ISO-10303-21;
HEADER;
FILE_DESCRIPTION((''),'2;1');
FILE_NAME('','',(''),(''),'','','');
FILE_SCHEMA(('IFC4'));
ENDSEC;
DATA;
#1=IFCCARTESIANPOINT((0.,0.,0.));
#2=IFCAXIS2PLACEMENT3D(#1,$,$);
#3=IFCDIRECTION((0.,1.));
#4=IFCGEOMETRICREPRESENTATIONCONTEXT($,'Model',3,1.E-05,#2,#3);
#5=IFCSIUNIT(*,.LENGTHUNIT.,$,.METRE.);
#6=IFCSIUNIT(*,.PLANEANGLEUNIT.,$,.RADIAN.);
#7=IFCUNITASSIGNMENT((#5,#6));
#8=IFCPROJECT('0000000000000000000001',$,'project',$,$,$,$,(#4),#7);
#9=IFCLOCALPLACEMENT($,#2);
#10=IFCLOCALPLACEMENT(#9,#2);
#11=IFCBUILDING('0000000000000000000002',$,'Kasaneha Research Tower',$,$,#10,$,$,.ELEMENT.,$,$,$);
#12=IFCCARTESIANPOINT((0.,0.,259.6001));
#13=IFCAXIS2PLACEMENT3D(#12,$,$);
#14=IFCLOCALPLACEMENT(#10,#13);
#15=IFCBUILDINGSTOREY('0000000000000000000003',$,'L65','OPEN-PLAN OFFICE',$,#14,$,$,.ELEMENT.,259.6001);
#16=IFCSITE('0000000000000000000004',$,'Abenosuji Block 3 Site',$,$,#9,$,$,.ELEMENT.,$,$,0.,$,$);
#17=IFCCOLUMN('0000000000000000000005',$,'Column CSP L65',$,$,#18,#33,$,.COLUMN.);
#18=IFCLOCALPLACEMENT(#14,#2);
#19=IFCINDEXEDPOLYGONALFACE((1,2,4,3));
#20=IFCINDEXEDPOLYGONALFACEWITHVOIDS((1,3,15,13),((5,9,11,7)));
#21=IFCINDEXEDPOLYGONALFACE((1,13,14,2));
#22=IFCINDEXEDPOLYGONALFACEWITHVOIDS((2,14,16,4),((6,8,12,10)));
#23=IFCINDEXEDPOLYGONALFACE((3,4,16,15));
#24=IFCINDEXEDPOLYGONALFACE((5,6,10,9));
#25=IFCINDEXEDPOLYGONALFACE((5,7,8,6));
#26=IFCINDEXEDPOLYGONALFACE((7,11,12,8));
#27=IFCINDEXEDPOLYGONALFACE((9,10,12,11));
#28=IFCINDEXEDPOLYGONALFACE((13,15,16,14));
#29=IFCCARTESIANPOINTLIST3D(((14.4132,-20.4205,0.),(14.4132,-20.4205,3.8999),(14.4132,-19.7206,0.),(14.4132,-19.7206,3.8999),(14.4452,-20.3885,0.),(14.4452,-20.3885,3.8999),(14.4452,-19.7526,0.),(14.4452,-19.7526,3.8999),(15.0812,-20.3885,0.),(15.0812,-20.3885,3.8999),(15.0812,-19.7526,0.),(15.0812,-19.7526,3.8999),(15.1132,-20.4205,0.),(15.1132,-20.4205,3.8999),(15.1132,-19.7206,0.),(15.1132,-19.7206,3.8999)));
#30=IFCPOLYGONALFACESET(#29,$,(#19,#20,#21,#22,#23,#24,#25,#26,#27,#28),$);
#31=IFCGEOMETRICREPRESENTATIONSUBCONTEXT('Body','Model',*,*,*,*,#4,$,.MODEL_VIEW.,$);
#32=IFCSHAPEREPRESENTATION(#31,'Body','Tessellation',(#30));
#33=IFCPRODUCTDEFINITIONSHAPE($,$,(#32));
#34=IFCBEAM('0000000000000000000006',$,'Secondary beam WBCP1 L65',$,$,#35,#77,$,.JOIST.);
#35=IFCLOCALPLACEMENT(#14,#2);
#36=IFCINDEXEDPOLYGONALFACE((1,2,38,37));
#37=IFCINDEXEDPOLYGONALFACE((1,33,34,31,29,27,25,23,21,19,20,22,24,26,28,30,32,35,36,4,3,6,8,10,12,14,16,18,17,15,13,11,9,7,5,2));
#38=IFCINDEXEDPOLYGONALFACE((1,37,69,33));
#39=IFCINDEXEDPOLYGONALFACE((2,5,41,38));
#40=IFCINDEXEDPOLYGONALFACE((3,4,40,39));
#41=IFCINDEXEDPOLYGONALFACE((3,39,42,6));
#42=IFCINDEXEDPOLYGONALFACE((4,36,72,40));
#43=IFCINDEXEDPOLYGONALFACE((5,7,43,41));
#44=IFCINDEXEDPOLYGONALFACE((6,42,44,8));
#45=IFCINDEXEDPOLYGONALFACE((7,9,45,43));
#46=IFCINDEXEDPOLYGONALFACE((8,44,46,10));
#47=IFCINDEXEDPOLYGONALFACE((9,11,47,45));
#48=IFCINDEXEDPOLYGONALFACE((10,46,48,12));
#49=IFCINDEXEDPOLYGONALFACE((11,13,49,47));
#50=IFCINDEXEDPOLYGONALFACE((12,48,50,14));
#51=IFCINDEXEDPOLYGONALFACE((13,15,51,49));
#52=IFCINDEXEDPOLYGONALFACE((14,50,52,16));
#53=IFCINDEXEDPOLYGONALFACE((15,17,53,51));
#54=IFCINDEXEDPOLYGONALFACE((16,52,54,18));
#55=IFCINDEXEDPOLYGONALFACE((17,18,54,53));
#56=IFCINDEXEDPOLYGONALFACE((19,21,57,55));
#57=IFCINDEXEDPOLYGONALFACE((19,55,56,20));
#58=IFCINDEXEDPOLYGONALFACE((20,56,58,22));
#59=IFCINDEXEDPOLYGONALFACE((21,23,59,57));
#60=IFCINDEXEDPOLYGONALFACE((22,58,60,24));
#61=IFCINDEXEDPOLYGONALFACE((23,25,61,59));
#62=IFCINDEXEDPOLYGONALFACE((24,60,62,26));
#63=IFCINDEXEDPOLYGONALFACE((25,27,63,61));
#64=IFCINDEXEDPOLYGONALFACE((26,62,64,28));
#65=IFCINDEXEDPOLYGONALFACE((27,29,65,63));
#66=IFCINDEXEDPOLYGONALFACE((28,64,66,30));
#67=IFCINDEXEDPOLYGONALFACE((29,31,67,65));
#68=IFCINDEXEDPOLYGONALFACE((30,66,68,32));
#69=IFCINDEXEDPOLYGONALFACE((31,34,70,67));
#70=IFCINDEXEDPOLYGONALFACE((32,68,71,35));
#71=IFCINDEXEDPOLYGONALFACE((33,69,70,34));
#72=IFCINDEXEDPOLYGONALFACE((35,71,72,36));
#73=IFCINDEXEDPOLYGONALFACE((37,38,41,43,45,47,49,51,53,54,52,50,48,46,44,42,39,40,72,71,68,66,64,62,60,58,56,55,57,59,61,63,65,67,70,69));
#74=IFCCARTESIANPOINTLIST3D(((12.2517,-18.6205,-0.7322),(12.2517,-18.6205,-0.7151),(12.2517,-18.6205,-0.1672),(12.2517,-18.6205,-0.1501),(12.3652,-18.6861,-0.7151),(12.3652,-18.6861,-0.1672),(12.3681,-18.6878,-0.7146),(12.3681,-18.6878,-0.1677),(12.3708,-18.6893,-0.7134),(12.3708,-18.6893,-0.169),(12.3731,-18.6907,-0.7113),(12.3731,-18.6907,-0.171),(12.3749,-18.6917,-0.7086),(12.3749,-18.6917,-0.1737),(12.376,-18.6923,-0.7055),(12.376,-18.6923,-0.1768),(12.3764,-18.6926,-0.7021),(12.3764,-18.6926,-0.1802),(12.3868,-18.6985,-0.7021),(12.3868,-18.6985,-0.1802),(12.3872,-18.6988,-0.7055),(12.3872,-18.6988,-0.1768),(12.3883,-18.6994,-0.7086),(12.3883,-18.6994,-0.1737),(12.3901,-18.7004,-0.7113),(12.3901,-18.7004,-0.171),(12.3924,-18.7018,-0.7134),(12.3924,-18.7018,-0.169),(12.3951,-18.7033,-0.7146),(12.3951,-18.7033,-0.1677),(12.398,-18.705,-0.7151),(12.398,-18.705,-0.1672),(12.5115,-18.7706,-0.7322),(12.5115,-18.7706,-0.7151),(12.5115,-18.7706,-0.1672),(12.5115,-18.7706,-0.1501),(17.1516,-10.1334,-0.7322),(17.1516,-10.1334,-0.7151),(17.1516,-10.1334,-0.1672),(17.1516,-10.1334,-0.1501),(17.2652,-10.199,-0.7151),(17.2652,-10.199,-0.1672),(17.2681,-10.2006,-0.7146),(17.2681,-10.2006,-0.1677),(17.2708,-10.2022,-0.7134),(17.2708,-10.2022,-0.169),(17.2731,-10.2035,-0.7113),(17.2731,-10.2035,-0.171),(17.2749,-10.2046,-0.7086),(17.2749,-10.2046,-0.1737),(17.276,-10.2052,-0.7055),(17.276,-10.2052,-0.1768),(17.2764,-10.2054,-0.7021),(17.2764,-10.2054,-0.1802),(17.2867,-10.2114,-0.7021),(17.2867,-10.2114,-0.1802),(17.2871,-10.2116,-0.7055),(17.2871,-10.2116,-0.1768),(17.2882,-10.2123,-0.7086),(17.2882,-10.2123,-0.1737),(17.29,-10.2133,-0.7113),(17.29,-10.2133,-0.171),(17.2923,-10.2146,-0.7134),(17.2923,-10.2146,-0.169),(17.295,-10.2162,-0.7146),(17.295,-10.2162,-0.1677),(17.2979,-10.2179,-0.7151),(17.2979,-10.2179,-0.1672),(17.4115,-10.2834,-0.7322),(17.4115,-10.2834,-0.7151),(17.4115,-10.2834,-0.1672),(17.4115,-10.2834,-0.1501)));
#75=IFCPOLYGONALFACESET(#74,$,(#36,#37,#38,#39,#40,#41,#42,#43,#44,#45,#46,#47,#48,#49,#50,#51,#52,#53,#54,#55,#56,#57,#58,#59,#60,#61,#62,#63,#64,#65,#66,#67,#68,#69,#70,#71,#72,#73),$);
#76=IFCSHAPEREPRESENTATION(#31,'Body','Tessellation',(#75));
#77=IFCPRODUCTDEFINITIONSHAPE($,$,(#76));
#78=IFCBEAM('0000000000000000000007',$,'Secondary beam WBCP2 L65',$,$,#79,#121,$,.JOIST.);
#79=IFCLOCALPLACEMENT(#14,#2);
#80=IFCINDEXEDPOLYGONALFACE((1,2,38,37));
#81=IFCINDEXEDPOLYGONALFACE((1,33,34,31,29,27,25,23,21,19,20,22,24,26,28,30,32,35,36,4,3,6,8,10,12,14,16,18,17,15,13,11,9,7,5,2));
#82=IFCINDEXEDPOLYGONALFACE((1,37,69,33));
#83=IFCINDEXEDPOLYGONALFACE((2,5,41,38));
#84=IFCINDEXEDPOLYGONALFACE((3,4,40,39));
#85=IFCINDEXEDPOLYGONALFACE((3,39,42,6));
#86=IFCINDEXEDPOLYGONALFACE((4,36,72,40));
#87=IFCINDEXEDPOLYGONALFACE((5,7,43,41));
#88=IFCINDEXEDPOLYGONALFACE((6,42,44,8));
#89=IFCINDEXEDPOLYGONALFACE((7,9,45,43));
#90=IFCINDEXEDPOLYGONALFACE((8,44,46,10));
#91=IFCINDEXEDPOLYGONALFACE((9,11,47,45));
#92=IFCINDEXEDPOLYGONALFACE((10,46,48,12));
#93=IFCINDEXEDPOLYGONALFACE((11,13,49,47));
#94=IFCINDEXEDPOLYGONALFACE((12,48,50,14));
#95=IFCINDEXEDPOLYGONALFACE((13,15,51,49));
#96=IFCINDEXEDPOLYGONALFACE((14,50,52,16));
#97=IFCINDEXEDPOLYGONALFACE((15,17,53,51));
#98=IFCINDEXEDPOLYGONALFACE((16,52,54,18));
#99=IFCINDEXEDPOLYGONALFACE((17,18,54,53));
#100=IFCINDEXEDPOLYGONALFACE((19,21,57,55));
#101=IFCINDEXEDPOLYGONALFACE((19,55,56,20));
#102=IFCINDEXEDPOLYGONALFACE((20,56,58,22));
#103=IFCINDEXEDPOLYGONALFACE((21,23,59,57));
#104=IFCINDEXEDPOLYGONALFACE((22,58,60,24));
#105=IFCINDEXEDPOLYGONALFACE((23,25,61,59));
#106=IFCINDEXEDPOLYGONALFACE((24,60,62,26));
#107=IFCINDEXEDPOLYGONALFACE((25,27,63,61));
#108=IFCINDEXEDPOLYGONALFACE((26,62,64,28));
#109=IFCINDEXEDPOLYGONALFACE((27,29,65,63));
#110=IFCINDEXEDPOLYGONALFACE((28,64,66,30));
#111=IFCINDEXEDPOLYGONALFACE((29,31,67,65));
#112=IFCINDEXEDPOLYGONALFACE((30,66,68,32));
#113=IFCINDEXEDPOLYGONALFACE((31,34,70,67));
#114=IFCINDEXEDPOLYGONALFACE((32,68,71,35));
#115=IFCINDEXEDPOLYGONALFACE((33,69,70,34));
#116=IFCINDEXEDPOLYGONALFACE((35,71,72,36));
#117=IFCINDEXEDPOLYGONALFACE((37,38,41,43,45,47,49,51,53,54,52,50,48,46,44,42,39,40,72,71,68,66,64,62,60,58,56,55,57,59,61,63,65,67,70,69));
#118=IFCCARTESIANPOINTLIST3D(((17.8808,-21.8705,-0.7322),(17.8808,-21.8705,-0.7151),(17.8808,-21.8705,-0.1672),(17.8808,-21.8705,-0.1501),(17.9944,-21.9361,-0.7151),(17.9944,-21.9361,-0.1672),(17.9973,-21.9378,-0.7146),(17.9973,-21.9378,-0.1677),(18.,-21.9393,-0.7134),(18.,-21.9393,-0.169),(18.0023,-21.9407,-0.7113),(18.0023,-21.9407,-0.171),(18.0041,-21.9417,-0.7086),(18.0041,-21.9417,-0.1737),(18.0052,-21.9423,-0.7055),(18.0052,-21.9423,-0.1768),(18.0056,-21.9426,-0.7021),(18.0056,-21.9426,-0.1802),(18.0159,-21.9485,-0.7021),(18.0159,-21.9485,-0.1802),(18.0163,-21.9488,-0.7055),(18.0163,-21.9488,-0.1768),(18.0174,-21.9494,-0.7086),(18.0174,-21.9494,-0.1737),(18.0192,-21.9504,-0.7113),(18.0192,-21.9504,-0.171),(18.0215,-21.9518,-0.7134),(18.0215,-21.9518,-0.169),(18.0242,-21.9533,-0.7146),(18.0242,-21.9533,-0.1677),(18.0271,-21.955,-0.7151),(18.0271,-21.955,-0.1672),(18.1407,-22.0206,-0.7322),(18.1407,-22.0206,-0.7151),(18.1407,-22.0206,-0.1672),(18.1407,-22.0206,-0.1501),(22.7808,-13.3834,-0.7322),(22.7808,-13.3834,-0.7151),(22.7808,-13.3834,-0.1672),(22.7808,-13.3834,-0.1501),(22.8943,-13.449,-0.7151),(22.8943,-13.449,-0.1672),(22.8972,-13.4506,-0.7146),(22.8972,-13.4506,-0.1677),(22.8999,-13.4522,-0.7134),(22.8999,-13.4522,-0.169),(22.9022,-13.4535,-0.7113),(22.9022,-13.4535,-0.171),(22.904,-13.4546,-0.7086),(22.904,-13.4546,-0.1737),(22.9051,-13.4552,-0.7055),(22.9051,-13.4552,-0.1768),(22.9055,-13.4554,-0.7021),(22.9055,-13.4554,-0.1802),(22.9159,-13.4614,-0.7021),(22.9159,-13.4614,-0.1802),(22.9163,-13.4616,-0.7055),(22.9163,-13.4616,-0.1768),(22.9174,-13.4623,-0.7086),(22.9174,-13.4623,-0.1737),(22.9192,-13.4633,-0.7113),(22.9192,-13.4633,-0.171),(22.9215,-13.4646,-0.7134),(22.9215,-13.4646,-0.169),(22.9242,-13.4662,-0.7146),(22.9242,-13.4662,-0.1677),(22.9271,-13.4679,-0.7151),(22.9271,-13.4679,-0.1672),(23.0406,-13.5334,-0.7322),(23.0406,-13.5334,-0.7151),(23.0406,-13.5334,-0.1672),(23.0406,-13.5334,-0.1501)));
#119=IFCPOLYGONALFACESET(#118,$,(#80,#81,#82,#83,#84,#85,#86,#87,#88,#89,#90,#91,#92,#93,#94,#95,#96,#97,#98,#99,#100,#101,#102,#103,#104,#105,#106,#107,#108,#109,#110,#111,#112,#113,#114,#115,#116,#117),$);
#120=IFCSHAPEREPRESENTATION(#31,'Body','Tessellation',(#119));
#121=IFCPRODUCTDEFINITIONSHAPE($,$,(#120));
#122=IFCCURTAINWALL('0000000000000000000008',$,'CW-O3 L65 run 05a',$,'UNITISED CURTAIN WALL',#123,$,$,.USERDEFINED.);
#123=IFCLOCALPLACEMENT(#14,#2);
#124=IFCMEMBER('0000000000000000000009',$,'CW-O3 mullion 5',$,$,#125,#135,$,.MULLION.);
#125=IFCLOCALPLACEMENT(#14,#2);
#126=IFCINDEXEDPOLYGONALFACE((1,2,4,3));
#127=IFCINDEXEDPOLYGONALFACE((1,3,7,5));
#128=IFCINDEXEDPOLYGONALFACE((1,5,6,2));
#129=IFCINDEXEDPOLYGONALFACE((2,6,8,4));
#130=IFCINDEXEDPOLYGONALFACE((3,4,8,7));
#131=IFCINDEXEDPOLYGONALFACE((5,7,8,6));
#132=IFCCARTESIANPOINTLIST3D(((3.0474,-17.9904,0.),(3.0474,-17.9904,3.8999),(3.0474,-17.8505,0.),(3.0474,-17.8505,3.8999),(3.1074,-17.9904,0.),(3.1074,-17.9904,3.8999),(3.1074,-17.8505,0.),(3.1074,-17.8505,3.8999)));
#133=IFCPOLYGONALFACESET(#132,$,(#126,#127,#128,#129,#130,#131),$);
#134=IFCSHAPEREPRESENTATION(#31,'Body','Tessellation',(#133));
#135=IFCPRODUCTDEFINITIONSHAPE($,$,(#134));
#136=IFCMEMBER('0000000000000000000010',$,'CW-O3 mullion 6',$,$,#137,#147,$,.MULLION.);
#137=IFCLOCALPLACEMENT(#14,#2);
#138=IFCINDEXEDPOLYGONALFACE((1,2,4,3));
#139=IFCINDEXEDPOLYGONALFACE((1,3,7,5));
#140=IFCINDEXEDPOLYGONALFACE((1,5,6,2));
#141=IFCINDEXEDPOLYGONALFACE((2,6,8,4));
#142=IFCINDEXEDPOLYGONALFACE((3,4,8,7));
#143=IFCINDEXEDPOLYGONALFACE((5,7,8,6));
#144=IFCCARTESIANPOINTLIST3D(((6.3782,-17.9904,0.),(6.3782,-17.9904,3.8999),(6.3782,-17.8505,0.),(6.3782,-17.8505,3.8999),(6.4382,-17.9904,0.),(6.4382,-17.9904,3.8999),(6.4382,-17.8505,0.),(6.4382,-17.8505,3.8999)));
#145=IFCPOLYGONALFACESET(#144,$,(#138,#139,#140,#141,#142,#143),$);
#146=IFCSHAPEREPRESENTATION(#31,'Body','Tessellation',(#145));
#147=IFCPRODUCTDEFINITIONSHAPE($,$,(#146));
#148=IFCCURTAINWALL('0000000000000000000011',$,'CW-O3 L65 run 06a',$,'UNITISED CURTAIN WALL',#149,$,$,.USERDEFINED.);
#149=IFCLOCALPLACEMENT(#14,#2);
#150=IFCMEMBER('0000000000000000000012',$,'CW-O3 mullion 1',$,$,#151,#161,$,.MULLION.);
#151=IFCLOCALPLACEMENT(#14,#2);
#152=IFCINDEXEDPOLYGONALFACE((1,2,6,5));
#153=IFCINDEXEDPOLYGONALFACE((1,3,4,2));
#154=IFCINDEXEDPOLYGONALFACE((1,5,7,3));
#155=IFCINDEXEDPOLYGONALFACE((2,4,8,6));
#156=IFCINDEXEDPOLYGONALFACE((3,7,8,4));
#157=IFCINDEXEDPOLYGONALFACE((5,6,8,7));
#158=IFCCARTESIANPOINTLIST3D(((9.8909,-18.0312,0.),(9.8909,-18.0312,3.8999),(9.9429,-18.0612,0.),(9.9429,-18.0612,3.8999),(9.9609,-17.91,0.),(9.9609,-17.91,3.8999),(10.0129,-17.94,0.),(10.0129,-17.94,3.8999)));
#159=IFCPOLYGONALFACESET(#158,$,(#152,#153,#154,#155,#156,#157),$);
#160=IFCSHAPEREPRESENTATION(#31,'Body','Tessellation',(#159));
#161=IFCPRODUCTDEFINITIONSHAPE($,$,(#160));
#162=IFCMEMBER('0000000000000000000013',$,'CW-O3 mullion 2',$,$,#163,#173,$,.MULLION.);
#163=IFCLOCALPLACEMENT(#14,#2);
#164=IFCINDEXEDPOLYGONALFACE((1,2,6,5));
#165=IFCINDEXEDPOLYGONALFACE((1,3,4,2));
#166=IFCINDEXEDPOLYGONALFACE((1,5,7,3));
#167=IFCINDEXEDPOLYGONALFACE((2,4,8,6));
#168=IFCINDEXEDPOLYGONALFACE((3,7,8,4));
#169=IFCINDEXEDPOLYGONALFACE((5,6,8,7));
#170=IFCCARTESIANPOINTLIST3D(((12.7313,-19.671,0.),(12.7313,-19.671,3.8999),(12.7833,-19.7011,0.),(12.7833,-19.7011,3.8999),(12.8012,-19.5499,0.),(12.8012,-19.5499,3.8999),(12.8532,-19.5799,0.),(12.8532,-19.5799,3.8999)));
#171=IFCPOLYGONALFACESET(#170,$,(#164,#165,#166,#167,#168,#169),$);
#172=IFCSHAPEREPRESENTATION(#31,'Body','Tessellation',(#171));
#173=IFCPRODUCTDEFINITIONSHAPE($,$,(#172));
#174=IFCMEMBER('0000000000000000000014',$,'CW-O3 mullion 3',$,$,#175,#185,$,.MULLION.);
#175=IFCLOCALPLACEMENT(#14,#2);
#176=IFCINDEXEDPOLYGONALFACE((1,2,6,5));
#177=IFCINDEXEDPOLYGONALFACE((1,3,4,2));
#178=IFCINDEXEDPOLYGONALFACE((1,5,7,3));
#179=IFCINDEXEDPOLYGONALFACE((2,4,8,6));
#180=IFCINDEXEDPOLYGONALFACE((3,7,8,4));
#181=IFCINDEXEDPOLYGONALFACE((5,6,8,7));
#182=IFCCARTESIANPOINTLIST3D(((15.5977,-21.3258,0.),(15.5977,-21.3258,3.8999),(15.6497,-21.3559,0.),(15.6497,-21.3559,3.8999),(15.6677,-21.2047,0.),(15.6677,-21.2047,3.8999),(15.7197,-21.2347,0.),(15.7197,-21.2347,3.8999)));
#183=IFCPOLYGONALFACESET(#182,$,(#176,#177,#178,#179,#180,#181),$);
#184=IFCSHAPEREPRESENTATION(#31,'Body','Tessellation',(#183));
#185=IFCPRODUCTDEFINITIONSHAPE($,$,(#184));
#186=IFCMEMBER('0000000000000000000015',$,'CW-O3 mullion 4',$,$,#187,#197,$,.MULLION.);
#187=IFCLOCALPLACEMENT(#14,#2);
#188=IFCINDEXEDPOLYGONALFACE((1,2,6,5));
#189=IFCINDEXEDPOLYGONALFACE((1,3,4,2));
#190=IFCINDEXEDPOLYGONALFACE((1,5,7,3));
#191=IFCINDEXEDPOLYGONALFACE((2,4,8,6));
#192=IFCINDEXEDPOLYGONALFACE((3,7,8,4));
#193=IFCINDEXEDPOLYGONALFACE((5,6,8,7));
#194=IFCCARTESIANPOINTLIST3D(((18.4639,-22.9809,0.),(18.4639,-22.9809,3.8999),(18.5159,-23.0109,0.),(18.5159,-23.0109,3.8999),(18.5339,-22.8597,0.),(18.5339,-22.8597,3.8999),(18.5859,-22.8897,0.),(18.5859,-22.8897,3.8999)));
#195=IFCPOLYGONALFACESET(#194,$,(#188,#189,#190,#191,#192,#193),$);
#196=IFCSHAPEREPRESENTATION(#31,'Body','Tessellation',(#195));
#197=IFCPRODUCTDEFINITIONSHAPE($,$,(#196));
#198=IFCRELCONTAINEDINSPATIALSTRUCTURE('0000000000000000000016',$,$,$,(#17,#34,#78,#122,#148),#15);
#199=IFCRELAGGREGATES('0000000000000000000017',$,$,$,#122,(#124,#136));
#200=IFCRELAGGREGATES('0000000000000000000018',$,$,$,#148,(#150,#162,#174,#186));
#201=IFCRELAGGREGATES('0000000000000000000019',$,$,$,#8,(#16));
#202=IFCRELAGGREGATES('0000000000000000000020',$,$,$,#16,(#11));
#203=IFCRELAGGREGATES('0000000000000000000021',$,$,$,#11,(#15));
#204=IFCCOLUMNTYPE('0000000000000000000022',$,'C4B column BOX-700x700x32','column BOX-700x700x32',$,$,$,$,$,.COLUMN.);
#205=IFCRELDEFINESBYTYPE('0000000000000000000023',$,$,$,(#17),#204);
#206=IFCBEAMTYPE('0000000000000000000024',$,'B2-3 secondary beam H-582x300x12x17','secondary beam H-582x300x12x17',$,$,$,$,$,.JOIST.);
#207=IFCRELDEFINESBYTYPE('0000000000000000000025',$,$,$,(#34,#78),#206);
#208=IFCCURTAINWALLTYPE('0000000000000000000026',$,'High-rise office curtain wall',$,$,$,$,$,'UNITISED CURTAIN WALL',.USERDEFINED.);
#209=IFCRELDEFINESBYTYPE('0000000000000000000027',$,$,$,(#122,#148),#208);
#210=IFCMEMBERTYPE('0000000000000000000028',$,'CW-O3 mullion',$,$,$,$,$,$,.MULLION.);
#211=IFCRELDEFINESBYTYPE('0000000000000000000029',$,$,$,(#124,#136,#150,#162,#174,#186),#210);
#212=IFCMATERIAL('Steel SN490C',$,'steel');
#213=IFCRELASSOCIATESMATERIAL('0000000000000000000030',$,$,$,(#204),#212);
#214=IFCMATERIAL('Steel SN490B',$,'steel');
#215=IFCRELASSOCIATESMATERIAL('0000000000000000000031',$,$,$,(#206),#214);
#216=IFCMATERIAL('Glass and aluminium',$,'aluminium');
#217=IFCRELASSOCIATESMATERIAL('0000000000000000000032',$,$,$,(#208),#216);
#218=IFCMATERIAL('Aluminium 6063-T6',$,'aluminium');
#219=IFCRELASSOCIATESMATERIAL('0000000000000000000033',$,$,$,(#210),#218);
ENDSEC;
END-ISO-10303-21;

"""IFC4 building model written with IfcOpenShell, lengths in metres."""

from ifc_helpers import new_model, si_unit, direction, frame, origin, origin_2d, place, context, subcontext, project, spatial, rectangle, hollow_rectangle, i_section, extrude, material, material_profile, profile_set, type_object, element, aggregate, save


model = new_model("IFC4")

# Units and contexts
model_context = context("Model", 3, precision=1e-05, world=origin(), true_north=direction((0.0, 1.0)))
body_context = subcontext(model_context, "Body", "Model", "MODEL_VIEW")
ifc_project = project(units=[si_unit("LENGTHUNIT", "METRE"), si_unit("PLANEANGLEUNIT", "RADIAN")], contexts=[model_context])

# Site, building, storey
site_placement = place(None, origin())
site = spatial("IfcSite", under=ifc_project, at=site_placement, Name="Abenosuji Block 3 Site", CompositionType="ELEMENT", RefElevation=0.0)
building_placement = place(site_placement, origin())
building = spatial("IfcBuilding", under=site, at=building_placement, Name="Kasaneha Research Tower", CompositionType="ELEMENT")
storey_placement = place(building_placement, frame((0.0, 0.0, 259.6001)))
storey = spatial("IfcBuildingStorey", under=building, at=storey_placement, Name="L65", Description="OPEN-PLAN OFFICE", CompositionType="ELEMENT", Elevation=259.6001)

# Column
ifc_material_1 = material(Name="Steel SN490C", Category="steel")
ifc_material_profile_1 = material_profile(ifc_material_1, hollow_rectangle(XDim=0.7, YDim=0.7, WallThickness=0.032, at=origin_2d()), Name="BOX-700x700x32")
ifc_profile_set_1 = profile_set([ifc_material_profile_1], Name="Steel SN490C")
column_type = type_object("IfcColumnType", Name="C4B column BOX-700x700x32", Description="column BOX-700x700x32", PredefinedType="COLUMN", material=ifc_profile_set_1)
column_placement = place(storey_placement, frame((14.7632, -20.0706, 0.0), z_axis=(0.0, 0.0, 1.0), x_axis=(1.0, 0.0, 0.0)))
element("IfcColumn", 1, at=column_placement, inside=storey, type_object=column_type, Name="Column CSP L65", PredefinedType="COLUMN", context=body_context, shape_type="SweptSolid", body=[
    extrude(hollow_rectangle(XDim=0.7, YDim=0.7, WallThickness=0.032, at=origin_2d()), origin(), (0.0, 0.0, 1.0), 3.8999),
])

# Beams
ifc_material_2 = material(Name="Steel SN490B", Category="steel")
ifc_material_profile_2 = material_profile(ifc_material_2, i_section(OverallWidth=0.3, OverallDepth=0.582, WebThickness=0.012, FlangeThickness=0.0171, FilletRadius=0.0129, at=origin_2d()), Name="H-582x300x12x17")
ifc_profile_set_2 = profile_set([ifc_material_profile_2], Name="Steel SN490B")
beam_type_1 = type_object("IfcBeamType", Name="B2-3 secondary beam H-582x300x12x17", Description="secondary beam H-582x300x12x17", PredefinedType="JOIST", material=ifc_profile_set_2)
for number, where, z_axis, x_axis, name in (
    (2, (12.3816, -18.6956, -0.4412), (0.499992, 0.86603, 0.0), (-0.86603, 0.499992, 0.0), "Secondary beam WBCP1 L65"),
    (3, (18.0107, -21.9456, -0.4412), (0.499992, 0.86603, 0.0), (-0.86603, 0.499992, 0.0), "Secondary beam WBCP2 L65"),
):
    element("IfcBeam", number, at=place(storey_placement, frame(where, z_axis=z_axis, x_axis=x_axis)), inside=storey, type_object=beam_type_1, Name=name, PredefinedType="JOIST", context=body_context, shape_type="SweptSolid", body=[
        extrude(i_section(OverallWidth=0.3, OverallDepth=0.582, WebThickness=0.012, FlangeThickness=0.0171, FilletRadius=0.0129, at=origin_2d()), origin(), (0.0, 0.0, 1.0), 9.8),
    ])

# Curtain walls, members
ifc_material_3 = material(Name="Glass and aluminium", Category="aluminium")
curtain_wall_type = type_object("IfcCurtainWallType", Name="High-rise office curtain wall", ElementType="UNITISED CURTAIN WALL", PredefinedType="USERDEFINED", material=ifc_material_3)
curtain_wall_1_placement = place(storey_placement, origin())
curtain_wall_1 = element("IfcCurtainWall", 4, at=curtain_wall_1_placement, inside=storey, type_object=curtain_wall_type, Name="CW-O3 L65 run 05a", ObjectType="UNITISED CURTAIN WALL", PredefinedType="USERDEFINED")
ifc_material_4 = material(Name="Aluminium 6063-T6", Category="aluminium")
ifc_material_profile_3 = material_profile(ifc_material_4, rectangle(XDim=0.0601, YDim=0.1399, at=origin_2d()), Name="CW-O3 mullion 60x140")
ifc_profile_set_3 = profile_set([ifc_material_profile_3], Name="Aluminium 6063-T6")
member_type_1 = type_object("IfcMemberType", Name="CW-O3 mullion", PredefinedType="MULLION", material=ifc_profile_set_3)
member_1_placement = place(storey_placement, frame((3.0774, -17.9204, 0.0), z_axis=(0.0, 0.0, 1.0), x_axis=(1.0, 0.0, 0.0)))
member_1 = element("IfcMember", 5, at=member_1_placement, type_object=member_type_1, Name="CW-O3 mullion 5", PredefinedType="MULLION", context=body_context, shape_type="SweptSolid", body=[
    extrude(rectangle(XDim=0.0601, YDim=0.1399, at=origin_2d()), origin(), (0.0, 0.0, 1.0), 3.8999),
])
member_2_placement = place(storey_placement, frame((6.4082, -17.9204, 0.0), z_axis=(0.0, 0.0, 1.0), x_axis=(1.0, 0.0, 0.0)))
member_2 = element("IfcMember", 6, at=member_2_placement, type_object=member_type_1, Name="CW-O3 mullion 6", PredefinedType="MULLION", context=body_context, shape_type="SweptSolid", body=[
    extrude(rectangle(XDim=0.0601, YDim=0.1399, at=origin_2d()), origin(), (0.0, 0.0, 1.0), 3.8999),
])
curtain_wall_2_placement = place(storey_placement, origin())
curtain_wall_2 = element("IfcCurtainWall", 7, at=curtain_wall_2_placement, inside=storey, type_object=curtain_wall_type, Name="CW-O3 L65 run 06a", ObjectType="UNITISED CURTAIN WALL", PredefinedType="USERDEFINED")
member_3_placement = place(storey_placement, frame((9.9519, -17.9856, 0.0), z_axis=(0.0, 0.0, 1.0), x_axis=(0.866025, -0.5, 0.0)))
member_3 = element("IfcMember", 8, at=member_3_placement, type_object=member_type_1, Name="CW-O3 mullion 1", PredefinedType="MULLION", context=body_context, shape_type="SweptSolid", body=[
    extrude(rectangle(XDim=0.0601, YDim=0.1399, at=origin_2d()), origin(), (0.0, 0.0, 1.0), 3.8999),
])
member_4_placement = place(storey_placement, frame((12.7922, -19.6255, 0.0), z_axis=(0.0, 0.0, 1.0), x_axis=(0.866025, -0.5, 0.0)))
member_4 = element("IfcMember", 9, at=member_4_placement, type_object=member_type_1, Name="CW-O3 mullion 2", PredefinedType="MULLION", context=body_context, shape_type="SweptSolid", body=[
    extrude(rectangle(XDim=0.0601, YDim=0.1399, at=origin_2d()), origin(), (0.0, 0.0, 1.0), 3.8999),
])
member_5_placement = place(storey_placement, frame((15.6587, -21.2803, 0.0), z_axis=(0.0, 0.0, 1.0), x_axis=(0.866025, -0.5, 0.0)))
member_5 = element("IfcMember", 10, at=member_5_placement, type_object=member_type_1, Name="CW-O3 mullion 3", PredefinedType="MULLION", context=body_context, shape_type="SweptSolid", body=[
    extrude(rectangle(XDim=0.0601, YDim=0.1399, at=origin_2d()), origin(), (0.0, 0.0, 1.0), 3.8999),
])
member_6_placement = place(storey_placement, frame((18.5249, -22.9353, 0.0), z_axis=(0.0, 0.0, 1.0), x_axis=(0.866025, -0.5, 0.0)))
member_6 = element("IfcMember", 11, at=member_6_placement, type_object=member_type_1, Name="CW-O3 mullion 4", PredefinedType="MULLION", context=body_context, shape_type="SweptSolid", body=[
    extrude(rectangle(XDim=0.0601, YDim=0.1399, at=origin_2d()), origin(), (0.0, 0.0, 1.0), 3.8999),
])

aggregate(curtain_wall_1, [member_1, member_2])
aggregate(curtain_wall_2, [member_3, member_4, member_5, member_6])

save(model, "model.ifc")
